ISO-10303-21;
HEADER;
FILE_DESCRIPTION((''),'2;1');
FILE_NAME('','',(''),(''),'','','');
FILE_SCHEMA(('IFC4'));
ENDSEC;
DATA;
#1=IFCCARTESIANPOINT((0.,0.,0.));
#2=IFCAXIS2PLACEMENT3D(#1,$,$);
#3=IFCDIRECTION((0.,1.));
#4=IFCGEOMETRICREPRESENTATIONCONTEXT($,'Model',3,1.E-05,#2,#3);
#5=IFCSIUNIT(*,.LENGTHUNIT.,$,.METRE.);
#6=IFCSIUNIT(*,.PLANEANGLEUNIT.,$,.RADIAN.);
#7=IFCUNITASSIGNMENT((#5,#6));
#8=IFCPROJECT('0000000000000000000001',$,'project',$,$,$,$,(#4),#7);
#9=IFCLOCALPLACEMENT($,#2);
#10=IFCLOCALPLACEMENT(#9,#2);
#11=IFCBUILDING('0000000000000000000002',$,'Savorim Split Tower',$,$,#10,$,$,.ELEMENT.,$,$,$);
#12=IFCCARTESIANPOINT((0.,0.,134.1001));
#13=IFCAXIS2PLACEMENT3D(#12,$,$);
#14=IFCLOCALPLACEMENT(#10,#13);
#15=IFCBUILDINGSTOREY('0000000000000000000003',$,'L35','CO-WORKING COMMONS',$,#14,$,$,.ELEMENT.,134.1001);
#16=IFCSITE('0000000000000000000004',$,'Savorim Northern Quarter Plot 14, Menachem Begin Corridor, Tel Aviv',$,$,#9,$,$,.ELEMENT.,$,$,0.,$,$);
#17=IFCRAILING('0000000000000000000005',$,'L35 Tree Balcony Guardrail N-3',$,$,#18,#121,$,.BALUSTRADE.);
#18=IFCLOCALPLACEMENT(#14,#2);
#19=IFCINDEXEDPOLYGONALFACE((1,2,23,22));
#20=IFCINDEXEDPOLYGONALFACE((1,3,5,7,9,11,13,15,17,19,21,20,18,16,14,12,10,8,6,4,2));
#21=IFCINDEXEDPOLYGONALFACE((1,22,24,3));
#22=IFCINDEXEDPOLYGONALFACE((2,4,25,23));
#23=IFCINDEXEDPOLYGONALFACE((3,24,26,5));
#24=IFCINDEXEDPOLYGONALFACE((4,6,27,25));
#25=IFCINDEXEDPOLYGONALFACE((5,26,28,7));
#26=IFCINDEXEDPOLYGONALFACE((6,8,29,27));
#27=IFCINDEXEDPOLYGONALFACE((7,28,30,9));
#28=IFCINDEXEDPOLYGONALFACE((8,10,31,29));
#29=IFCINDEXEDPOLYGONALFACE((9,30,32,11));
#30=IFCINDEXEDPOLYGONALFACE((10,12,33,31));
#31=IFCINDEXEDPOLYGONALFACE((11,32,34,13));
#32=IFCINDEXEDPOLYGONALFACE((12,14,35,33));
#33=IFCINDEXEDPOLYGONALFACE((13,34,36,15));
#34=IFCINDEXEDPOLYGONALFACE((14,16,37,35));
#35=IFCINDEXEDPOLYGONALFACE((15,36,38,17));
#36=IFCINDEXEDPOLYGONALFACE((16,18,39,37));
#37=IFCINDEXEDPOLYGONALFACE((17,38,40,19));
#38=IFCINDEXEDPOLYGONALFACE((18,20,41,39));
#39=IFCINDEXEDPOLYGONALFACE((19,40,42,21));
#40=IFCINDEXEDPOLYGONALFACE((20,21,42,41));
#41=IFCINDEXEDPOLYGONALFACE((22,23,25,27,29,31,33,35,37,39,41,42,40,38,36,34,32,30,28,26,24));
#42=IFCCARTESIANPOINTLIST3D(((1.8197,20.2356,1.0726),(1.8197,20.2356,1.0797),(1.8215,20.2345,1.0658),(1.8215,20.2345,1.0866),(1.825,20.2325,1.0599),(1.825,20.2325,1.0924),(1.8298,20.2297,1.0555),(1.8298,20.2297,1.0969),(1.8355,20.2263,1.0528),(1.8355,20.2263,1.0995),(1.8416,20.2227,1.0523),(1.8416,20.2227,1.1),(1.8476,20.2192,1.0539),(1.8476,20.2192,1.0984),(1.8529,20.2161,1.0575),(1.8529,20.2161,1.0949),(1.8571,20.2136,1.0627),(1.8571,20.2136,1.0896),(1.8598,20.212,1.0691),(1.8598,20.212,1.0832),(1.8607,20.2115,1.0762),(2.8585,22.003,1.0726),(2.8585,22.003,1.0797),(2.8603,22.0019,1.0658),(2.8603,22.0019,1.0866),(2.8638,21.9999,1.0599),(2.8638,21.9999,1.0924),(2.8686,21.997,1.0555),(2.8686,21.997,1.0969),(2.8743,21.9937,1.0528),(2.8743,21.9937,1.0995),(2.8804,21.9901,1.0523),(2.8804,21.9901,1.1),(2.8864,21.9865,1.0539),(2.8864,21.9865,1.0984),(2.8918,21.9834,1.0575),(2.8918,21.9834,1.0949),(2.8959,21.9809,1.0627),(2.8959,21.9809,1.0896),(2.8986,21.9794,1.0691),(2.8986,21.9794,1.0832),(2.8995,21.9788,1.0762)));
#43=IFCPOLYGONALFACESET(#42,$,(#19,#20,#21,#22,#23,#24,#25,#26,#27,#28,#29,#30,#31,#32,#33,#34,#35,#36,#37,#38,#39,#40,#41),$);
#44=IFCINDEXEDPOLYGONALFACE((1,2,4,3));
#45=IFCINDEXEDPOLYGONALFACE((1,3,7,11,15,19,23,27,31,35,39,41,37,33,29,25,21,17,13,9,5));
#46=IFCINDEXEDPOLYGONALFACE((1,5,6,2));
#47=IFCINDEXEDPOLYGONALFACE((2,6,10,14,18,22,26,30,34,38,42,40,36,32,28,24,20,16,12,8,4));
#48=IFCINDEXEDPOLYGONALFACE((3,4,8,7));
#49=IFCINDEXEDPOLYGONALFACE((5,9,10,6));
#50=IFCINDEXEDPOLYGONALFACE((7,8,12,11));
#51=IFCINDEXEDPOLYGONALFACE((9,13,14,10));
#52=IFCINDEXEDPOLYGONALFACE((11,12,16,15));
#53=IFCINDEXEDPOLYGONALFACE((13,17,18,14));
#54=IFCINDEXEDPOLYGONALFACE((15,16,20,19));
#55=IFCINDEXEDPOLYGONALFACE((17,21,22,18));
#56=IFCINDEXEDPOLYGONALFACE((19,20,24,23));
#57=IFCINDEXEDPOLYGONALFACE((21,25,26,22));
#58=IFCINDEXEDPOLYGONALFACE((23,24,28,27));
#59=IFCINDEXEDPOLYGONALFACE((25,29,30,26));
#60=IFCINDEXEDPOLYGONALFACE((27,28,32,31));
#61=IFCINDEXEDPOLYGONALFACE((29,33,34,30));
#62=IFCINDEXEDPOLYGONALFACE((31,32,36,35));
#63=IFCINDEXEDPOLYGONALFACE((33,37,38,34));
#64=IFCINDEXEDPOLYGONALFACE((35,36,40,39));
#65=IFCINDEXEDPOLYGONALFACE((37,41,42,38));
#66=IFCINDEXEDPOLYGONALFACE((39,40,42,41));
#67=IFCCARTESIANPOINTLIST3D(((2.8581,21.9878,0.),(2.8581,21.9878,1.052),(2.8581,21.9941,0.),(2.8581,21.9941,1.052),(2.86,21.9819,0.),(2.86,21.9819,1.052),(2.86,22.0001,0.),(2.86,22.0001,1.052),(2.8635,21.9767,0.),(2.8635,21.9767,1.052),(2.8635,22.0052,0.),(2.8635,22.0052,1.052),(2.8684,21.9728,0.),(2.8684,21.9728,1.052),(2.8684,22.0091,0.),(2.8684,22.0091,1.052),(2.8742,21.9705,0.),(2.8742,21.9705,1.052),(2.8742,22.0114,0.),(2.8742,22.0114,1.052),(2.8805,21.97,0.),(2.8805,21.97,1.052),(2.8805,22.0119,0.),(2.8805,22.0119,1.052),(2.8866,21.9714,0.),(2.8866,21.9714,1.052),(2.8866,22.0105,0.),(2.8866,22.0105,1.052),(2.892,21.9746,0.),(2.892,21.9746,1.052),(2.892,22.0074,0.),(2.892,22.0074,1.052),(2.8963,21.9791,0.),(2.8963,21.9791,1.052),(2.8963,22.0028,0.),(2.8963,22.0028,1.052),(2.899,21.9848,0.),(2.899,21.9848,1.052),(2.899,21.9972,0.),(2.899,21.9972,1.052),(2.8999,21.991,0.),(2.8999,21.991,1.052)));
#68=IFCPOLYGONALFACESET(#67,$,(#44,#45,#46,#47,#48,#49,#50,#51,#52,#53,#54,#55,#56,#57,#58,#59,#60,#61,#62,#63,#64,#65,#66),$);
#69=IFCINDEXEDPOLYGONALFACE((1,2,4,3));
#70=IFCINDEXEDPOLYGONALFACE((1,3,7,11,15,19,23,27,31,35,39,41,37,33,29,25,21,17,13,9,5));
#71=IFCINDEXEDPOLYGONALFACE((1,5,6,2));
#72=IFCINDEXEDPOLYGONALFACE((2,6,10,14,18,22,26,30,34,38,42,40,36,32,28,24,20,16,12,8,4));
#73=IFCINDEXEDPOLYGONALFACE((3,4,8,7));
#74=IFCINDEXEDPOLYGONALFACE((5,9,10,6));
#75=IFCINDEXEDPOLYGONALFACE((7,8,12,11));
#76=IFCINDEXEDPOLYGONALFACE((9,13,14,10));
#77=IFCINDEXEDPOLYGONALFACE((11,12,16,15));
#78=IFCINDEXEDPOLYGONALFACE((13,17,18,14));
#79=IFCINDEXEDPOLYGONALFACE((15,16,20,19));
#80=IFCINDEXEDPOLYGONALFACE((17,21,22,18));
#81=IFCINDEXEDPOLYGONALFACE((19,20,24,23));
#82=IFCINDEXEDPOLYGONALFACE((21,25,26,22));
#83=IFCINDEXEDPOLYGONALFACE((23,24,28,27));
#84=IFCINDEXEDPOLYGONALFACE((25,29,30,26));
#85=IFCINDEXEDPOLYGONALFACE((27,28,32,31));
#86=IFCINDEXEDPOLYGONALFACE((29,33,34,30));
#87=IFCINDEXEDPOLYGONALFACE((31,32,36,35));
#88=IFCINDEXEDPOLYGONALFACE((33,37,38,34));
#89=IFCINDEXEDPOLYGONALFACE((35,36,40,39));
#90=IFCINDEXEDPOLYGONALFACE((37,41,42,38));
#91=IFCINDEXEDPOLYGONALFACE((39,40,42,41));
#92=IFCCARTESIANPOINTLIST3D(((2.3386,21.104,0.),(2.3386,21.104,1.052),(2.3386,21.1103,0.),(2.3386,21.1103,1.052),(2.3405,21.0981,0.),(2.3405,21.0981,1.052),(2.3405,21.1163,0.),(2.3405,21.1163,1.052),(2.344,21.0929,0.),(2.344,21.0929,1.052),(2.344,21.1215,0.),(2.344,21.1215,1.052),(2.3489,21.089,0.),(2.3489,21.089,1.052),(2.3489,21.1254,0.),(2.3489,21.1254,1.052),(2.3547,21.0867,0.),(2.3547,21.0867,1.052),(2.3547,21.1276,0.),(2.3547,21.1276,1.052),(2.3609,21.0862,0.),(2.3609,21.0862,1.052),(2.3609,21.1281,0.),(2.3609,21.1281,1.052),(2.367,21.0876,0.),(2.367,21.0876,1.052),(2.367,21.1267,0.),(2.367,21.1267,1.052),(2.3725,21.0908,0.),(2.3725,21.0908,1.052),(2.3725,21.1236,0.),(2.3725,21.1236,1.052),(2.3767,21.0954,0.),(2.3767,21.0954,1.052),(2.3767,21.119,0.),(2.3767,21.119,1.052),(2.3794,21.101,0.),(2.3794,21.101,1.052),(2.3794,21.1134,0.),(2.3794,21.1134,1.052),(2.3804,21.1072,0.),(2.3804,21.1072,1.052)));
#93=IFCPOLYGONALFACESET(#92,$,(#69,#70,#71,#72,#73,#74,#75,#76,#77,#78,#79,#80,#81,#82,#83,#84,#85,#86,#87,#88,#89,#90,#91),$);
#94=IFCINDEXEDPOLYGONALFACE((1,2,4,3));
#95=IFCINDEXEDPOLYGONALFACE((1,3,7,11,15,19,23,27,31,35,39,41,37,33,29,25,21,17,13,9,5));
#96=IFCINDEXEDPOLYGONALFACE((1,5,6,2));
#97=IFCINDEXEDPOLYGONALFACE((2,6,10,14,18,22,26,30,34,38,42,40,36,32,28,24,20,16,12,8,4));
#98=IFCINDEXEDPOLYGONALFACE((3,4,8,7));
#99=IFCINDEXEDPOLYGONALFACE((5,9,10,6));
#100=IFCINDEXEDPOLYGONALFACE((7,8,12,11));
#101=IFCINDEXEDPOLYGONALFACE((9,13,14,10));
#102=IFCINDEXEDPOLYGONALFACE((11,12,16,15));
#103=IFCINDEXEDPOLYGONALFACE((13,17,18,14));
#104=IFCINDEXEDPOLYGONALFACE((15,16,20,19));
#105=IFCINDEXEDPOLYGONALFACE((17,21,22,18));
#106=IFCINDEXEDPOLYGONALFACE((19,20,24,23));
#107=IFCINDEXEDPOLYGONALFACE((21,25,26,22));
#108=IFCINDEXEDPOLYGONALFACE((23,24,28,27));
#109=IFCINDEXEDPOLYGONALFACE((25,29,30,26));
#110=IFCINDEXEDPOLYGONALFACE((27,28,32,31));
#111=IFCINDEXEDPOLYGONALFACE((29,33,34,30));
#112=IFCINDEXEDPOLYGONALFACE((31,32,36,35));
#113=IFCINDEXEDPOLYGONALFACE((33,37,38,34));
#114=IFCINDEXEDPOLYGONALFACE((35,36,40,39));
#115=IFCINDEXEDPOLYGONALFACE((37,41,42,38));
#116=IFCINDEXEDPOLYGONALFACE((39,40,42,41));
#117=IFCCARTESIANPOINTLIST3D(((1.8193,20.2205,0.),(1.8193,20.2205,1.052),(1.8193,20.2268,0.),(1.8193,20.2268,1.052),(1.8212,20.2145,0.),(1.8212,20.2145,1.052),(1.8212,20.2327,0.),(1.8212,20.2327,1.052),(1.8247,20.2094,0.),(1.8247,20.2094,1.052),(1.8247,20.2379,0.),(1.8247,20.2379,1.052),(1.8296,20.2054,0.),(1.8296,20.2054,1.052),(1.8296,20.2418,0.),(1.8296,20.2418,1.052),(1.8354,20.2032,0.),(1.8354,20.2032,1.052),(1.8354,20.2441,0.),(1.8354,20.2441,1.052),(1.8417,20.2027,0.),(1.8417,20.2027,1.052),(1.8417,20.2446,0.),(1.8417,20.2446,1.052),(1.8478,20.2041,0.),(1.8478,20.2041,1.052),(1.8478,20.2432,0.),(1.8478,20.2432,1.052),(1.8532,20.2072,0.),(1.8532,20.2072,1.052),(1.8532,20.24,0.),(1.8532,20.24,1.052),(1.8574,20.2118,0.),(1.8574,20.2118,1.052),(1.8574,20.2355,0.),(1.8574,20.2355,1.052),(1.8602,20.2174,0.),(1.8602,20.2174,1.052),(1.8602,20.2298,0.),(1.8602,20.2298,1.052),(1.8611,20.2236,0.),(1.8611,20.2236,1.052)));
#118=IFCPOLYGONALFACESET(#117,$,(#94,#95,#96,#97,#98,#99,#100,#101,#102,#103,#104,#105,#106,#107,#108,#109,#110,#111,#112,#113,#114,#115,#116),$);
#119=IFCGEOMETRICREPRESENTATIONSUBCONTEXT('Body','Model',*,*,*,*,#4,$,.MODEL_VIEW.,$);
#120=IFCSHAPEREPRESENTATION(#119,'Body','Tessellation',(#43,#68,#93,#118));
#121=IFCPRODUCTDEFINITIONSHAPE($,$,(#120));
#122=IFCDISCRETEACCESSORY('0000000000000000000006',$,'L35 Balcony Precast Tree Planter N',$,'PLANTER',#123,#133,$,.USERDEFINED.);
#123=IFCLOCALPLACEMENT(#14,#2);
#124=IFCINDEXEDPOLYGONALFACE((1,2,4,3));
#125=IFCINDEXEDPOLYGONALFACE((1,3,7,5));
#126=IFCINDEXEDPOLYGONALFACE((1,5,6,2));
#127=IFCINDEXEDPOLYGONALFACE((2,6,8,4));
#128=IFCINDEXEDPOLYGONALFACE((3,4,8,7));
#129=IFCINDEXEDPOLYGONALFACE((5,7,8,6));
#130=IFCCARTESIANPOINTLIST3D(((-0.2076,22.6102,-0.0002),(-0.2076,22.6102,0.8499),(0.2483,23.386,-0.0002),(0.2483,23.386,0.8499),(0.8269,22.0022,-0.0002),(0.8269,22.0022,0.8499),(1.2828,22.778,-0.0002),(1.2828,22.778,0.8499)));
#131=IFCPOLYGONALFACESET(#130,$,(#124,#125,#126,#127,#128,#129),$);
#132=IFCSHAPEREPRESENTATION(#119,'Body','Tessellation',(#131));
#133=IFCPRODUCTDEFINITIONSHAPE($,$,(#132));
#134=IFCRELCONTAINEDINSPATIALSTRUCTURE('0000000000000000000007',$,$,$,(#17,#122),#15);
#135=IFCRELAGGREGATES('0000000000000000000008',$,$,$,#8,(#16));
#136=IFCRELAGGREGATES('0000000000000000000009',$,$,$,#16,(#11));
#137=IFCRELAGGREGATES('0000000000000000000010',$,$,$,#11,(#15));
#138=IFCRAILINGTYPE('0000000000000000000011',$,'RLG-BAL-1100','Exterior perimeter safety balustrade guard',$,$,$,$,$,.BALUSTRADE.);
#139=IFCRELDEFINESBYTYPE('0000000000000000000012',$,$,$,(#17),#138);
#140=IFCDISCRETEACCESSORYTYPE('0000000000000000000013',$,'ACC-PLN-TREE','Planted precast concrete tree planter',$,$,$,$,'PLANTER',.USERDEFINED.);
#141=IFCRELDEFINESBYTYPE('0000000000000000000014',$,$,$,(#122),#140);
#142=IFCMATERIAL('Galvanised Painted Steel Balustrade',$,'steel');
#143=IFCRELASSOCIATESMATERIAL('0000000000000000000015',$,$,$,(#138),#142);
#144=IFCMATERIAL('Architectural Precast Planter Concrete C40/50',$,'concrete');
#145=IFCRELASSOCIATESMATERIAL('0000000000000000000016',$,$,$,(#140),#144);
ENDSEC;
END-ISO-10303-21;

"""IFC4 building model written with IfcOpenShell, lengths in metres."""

from ifc_helpers import new_model, si_unit, direction, frame, origin, origin_2d, place, context, subcontext, project, spatial, rectangle, circle, extrude, material, type_object, element, save


model = new_model("IFC4")

# Units and contexts
model_context = context("Model", 3, precision=1e-05, world=origin(), true_north=direction((0.0, 1.0)))
body_context = subcontext(model_context, "Body", "Model", "MODEL_VIEW")
ifc_project = project(units=[si_unit("LENGTHUNIT", "METRE"), si_unit("PLANEANGLEUNIT", "RADIAN")], contexts=[model_context])

# Site, building, storey
site_placement = place(None, origin())
site = spatial("IfcSite", under=ifc_project, at=site_placement, Name="Savorim Northern Quarter Plot 14, Menachem Begin Corridor, Tel Aviv", CompositionType="ELEMENT", RefElevation=0.0)
building_placement = place(site_placement, origin())
building = spatial("IfcBuilding", under=site, at=building_placement, Name="Savorim Split Tower", CompositionType="ELEMENT")
storey_placement = place(building_placement, frame((0.0, 0.0, 134.1001)))
storey = spatial("IfcBuildingStorey", under=building, at=storey_placement, Name="L35", Description="CO-WORKING COMMONS", CompositionType="ELEMENT", Elevation=134.1001)

# Railing
ifc_material_1 = material(Name="Galvanised Painted Steel Balustrade", Category="steel")
railing_type = type_object("IfcRailingType", Name="RLG-BAL-1100", Description="Exterior perimeter safety balustrade guard", PredefinedType="BALUSTRADE", material=ifc_material_1)
railing_placement = place(storey_placement, frame((2.8789, 21.991, 0.0)))
element("IfcRailing", 1, at=railing_placement, inside=storey, type_object=railing_type, Name="L35 Tree Balcony Guardrail N-3", PredefinedType="BALUSTRADE", context=body_context, shape_type="SweptSolid", body=[
    extrude(circle(Radius=0.0239, at=origin_2d()), frame((0.0, 0.0, 1.0762), z_axis=(-0.506734, -0.862103, 0.0), x_axis=(0.862103, -0.506734, 0.0)), (0.0, 0.0, 1.0), 2.05),
    extrude(circle(Radius=0.021, at=origin_2d()), origin(), (0.0, 0.0, 1.0), 1.052),
    extrude(circle(Radius=0.021, at=origin_2d()), frame((-0.5195, -0.8838, 0.0)), (0.0, 0.0, 1.0), 1.052),
    extrude(circle(Radius=0.021, at=origin_2d()), frame((-1.0388, -1.7673, 0.0)), (0.0, 0.0, 1.0), 1.052),
])

# Discrete accessory
ifc_material_2 = material(Name="Architectural Precast Planter Concrete C40/50", Category="concrete")
discrete_accessory_type = type_object("IfcDiscreteAccessoryType", Name="ACC-PLN-TREE", Description="Planted precast concrete tree planter", ElementType="PLANTER", PredefinedType="USERDEFINED", material=ifc_material_2)
discrete_accessory_placement = place(storey_placement, frame((0.5376, 22.6941, -0.0002), z_axis=(0.0, 0.0, 1.0), x_axis=(-0.862127, 0.506691, 0.0)))
element("IfcDiscreteAccessory", 2, at=discrete_accessory_placement, inside=storey, type_object=discrete_accessory_type, Name="L35 Balcony Precast Tree Planter N", ObjectType="PLANTER", PredefinedType="USERDEFINED", context=body_context, shape_type="SweptSolid", body=[
    extrude(rectangle(XDim=1.2, YDim=0.8999, at=origin_2d()), origin(), (0.0, 0.0, 1.0), 0.8501),
])

save(model, "model.ifc")
